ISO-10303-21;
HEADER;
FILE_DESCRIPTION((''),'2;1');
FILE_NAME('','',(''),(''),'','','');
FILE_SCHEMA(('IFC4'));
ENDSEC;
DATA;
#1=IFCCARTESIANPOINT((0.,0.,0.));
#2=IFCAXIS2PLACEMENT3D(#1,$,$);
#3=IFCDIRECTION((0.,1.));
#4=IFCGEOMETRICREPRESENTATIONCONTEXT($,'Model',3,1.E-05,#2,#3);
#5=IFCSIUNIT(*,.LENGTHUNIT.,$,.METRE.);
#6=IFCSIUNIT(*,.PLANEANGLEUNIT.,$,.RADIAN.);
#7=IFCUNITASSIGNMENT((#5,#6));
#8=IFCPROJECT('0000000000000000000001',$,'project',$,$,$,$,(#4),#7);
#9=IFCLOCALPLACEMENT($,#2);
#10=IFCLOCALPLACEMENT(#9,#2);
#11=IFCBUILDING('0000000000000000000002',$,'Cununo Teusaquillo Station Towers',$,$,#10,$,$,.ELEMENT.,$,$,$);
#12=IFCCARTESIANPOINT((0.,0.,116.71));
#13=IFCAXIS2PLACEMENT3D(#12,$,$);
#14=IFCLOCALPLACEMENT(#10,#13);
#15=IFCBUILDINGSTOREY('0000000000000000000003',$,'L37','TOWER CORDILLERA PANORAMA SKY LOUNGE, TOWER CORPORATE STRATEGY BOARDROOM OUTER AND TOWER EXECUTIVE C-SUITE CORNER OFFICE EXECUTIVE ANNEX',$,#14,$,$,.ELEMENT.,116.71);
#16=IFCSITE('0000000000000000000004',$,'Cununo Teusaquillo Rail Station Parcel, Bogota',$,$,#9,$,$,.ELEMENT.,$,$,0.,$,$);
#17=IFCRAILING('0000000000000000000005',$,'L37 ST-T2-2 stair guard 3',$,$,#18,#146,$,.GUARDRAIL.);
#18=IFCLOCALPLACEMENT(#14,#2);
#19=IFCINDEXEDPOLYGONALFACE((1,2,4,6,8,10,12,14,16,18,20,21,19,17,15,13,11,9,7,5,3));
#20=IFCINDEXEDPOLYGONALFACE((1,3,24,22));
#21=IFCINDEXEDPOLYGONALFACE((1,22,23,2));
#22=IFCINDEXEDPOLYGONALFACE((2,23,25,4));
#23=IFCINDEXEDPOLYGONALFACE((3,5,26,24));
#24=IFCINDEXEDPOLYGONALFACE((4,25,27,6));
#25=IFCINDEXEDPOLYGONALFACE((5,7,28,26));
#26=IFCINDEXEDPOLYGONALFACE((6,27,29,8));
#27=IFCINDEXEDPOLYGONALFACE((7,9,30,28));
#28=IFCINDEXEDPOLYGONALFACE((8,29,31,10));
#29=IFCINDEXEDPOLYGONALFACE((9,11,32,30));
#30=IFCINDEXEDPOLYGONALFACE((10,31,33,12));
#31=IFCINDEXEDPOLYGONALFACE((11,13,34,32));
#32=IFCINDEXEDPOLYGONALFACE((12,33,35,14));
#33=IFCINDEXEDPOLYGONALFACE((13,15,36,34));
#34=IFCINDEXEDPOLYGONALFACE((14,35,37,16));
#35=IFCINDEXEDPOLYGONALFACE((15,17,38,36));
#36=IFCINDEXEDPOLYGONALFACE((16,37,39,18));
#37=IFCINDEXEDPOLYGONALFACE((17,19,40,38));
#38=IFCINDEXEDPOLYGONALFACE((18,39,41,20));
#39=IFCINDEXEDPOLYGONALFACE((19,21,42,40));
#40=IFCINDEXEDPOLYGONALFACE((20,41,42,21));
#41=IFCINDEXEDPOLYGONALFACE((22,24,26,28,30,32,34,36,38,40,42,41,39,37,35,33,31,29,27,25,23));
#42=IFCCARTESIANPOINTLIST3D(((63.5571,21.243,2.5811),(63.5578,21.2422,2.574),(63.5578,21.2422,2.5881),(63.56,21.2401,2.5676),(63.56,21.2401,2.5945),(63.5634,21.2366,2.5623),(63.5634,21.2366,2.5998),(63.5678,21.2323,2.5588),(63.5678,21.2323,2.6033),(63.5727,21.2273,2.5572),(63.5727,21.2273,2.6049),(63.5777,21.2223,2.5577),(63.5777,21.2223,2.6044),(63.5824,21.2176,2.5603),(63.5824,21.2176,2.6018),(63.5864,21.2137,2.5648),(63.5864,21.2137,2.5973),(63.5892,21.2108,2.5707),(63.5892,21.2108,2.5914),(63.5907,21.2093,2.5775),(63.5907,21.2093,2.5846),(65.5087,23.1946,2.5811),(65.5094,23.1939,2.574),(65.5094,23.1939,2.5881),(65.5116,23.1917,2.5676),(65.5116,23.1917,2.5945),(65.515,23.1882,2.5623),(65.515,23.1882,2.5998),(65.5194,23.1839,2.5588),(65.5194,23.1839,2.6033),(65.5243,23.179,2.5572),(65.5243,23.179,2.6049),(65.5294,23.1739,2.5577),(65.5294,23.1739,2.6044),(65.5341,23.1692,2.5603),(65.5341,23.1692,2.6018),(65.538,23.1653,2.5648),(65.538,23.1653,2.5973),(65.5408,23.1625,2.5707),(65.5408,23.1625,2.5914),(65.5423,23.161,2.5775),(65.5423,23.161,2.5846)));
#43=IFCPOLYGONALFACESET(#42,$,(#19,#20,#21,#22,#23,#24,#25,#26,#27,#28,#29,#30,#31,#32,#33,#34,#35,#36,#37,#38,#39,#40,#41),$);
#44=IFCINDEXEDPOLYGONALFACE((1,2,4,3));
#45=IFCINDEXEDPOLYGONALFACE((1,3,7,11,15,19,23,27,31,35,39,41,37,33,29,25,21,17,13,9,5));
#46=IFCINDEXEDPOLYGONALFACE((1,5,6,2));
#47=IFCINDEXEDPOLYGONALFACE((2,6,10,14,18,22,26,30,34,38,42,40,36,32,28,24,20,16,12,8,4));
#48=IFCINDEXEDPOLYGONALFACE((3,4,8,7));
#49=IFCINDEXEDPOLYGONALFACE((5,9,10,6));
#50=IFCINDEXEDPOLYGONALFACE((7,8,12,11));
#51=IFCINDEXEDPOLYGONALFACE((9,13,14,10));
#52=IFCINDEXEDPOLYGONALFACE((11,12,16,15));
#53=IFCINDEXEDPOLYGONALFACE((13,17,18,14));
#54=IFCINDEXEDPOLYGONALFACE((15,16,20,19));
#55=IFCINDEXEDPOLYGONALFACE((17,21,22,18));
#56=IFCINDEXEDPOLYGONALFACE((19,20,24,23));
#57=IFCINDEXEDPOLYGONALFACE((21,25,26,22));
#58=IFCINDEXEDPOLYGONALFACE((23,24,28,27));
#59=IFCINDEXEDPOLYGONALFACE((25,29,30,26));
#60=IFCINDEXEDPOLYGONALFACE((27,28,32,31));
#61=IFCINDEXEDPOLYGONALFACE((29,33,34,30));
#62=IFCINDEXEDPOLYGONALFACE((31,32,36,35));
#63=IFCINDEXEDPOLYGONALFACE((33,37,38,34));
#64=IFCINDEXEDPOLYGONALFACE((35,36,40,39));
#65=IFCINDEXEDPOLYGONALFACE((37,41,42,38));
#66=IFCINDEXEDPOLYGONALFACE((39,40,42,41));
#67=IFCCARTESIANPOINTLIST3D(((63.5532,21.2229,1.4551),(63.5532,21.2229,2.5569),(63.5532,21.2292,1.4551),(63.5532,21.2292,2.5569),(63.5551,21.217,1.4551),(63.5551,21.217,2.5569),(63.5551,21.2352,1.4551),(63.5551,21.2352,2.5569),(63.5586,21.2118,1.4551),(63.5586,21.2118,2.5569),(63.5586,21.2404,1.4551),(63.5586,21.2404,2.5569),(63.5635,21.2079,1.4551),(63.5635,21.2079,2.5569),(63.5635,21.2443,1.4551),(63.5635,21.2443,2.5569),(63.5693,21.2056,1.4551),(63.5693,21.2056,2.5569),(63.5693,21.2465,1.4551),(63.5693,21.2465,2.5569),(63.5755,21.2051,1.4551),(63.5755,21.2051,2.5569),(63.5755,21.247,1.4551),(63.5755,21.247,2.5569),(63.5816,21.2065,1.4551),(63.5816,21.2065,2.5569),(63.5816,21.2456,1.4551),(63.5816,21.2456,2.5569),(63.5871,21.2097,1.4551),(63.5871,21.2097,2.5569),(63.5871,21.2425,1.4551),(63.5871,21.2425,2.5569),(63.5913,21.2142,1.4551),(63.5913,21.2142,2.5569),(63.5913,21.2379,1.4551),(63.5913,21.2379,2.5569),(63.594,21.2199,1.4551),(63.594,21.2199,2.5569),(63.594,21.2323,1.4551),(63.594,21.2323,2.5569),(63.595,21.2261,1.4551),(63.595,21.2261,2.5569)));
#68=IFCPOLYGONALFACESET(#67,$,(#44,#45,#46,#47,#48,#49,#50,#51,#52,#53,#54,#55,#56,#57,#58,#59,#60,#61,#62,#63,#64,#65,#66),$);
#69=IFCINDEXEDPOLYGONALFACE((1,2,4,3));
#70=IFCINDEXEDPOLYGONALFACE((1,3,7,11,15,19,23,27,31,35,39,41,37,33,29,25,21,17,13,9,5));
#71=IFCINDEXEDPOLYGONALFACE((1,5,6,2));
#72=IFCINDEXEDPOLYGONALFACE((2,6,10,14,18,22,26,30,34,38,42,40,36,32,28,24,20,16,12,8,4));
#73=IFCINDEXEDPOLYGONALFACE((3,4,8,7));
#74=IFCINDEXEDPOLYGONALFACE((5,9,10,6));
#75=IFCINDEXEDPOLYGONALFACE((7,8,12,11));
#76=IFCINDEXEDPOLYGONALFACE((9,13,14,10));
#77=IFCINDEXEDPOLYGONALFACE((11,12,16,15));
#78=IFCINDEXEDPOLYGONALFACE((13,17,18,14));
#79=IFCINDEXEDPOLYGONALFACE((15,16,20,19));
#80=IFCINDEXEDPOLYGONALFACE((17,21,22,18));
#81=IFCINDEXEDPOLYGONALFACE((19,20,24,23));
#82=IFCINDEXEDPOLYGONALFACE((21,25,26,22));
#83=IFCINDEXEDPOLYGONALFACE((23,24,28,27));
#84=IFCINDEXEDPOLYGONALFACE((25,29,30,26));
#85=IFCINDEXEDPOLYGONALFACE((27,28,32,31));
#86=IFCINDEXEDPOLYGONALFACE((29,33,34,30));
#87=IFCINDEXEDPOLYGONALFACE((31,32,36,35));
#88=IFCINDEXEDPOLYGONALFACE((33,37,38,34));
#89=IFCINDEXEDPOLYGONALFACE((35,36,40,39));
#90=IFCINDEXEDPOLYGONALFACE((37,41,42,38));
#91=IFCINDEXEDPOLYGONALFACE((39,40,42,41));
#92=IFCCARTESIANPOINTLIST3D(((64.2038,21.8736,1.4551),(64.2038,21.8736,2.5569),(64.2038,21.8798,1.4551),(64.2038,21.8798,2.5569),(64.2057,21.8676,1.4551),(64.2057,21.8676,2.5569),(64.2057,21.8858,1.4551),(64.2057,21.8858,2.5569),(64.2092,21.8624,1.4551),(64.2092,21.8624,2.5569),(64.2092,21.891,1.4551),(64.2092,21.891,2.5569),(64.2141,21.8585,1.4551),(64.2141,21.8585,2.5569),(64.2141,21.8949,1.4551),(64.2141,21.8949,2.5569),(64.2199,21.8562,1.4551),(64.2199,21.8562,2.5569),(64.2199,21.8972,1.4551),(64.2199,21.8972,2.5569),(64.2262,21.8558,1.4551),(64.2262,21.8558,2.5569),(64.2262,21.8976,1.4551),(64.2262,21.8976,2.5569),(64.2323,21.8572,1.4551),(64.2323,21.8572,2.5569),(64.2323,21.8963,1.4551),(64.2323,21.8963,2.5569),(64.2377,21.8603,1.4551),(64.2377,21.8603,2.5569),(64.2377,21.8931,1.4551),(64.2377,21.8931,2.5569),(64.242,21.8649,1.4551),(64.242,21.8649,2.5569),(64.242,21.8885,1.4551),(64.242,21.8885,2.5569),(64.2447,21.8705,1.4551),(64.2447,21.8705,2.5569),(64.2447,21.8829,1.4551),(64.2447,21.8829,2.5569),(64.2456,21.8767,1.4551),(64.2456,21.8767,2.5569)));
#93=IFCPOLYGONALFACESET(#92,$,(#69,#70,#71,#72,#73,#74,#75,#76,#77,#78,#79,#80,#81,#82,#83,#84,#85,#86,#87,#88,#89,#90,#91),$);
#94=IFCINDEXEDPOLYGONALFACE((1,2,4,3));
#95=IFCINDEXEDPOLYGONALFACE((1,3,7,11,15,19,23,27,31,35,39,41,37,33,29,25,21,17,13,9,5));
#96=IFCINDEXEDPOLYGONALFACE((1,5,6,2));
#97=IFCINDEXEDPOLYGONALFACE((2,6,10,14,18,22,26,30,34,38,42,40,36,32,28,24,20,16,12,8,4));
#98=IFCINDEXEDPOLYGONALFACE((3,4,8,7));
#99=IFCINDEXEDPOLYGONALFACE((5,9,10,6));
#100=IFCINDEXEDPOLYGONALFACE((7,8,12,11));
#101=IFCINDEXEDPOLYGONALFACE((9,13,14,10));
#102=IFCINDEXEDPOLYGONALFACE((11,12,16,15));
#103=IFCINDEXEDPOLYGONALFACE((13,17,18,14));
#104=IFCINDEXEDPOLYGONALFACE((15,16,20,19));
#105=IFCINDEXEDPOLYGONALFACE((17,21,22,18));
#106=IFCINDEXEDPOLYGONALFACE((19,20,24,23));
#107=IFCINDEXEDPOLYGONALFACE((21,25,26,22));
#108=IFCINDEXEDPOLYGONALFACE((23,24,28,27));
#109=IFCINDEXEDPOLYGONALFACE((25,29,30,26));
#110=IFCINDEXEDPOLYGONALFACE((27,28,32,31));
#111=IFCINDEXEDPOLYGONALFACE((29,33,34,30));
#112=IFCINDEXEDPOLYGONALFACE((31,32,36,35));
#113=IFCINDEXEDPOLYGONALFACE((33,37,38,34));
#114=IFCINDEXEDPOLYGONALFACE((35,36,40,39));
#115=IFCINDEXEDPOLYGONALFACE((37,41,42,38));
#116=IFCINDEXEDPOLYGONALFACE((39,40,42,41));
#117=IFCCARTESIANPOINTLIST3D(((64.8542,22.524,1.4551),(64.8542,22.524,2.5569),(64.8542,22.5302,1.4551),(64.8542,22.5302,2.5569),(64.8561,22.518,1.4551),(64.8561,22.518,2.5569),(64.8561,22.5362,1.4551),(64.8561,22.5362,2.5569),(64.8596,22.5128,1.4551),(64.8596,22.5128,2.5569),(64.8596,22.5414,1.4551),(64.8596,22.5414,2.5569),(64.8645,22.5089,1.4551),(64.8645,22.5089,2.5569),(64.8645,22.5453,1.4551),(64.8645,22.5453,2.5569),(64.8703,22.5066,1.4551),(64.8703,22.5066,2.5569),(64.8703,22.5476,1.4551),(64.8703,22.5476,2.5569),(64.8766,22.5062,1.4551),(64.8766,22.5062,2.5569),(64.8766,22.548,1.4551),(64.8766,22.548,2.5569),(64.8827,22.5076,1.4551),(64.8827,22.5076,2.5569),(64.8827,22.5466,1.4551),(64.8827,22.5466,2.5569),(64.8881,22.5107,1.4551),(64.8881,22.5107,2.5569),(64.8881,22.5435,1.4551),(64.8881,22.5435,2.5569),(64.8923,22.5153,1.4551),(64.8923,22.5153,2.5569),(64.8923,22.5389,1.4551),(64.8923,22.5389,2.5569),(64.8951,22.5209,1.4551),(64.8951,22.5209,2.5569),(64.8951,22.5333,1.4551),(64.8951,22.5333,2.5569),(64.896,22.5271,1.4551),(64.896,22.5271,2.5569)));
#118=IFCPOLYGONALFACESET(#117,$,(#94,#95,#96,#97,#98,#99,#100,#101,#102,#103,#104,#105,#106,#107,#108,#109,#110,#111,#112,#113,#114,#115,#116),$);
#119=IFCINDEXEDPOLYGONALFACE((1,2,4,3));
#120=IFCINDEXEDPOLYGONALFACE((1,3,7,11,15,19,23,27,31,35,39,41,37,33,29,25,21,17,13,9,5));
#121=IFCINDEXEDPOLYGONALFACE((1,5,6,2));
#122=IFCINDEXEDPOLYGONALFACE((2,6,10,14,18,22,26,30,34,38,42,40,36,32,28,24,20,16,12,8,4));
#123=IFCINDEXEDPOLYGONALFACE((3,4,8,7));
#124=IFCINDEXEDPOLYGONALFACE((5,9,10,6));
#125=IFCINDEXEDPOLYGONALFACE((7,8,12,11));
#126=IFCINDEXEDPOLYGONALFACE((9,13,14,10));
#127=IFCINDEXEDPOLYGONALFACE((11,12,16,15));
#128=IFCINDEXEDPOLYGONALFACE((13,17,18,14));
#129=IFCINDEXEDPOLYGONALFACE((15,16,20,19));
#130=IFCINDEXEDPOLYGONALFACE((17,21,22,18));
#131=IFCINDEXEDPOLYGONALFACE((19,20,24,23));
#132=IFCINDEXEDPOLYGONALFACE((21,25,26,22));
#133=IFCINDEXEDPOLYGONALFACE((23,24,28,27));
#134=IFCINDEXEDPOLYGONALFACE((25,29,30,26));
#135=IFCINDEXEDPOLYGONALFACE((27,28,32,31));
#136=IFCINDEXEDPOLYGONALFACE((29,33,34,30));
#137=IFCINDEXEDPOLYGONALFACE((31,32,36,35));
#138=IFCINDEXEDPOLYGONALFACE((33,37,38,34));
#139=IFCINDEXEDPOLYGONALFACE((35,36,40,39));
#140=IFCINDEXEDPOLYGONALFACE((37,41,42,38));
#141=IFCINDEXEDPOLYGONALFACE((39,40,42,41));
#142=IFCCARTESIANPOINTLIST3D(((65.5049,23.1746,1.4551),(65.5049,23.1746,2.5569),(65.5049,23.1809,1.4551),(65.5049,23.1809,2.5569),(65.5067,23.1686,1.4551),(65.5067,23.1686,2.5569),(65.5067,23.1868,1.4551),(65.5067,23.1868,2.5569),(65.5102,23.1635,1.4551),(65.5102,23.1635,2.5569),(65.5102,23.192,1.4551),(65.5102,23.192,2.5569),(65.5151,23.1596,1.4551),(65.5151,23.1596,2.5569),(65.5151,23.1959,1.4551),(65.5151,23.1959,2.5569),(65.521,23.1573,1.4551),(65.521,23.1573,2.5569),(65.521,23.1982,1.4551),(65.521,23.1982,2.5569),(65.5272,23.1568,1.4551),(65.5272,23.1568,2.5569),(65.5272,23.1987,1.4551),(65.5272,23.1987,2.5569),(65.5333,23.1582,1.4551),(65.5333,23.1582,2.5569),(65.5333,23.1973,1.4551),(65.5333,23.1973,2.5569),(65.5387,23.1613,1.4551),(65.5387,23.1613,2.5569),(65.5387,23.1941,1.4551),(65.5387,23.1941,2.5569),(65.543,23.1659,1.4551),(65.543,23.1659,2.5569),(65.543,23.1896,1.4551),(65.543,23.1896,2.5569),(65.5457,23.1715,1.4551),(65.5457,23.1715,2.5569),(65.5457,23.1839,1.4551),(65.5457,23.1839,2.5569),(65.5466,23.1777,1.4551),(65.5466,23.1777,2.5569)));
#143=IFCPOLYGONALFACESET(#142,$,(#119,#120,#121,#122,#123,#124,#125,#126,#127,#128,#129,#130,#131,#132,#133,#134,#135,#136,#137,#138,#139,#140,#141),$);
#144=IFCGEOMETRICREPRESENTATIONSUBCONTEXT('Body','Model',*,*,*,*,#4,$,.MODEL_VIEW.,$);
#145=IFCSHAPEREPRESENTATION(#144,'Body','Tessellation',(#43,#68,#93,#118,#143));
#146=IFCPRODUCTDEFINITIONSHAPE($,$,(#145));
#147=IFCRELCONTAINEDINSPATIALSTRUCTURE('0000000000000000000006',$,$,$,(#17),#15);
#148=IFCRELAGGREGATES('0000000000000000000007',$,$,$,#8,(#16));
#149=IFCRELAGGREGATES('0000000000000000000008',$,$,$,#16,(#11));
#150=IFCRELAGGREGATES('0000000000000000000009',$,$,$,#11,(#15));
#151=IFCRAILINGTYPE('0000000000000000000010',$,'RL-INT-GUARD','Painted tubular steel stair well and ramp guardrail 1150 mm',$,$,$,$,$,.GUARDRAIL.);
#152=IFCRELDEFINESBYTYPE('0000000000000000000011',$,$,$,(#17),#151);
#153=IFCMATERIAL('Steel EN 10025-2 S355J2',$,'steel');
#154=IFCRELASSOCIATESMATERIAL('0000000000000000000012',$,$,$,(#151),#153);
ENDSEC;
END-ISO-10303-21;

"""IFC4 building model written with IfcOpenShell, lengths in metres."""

from ifc_helpers import new_model, si_unit, direction, frame, origin, origin_2d, place, context, subcontext, project, spatial, circle, extrude, material, type_object, element, save


model = new_model("IFC4")

# Units and contexts
model_context = context("Model", 3, precision=1e-05, world=origin(), true_north=direction((0.0, 1.0)))
body_context = subcontext(model_context, "Body", "Model", "MODEL_VIEW")
ifc_project = project(units=[si_unit("LENGTHUNIT", "METRE"), si_unit("PLANEANGLEUNIT", "RADIAN")], contexts=[model_context])

# Site, building, storey
site_placement = place(None, origin())
site = spatial("IfcSite", under=ifc_project, at=site_placement, Name="Cununo Teusaquillo Rail Station Parcel, Bogota", CompositionType="ELEMENT", RefElevation=0.0)
building_placement = place(site_placement, origin())
building = spatial("IfcBuilding", under=site, at=building_placement, Name="Cununo Teusaquillo Station Towers", CompositionType="ELEMENT")
storey_placement = place(building_placement, frame((0.0, 0.0, 116.71)))
storey = spatial("IfcBuildingStorey", under=building, at=storey_placement, Name="L37", Description="TOWER CORDILLERA PANORAMA SKY LOUNGE, TOWER CORPORATE STRATEGY BOARDROOM OUTER AND TOWER EXECUTIVE C-SUITE CORNER OFFICE EXECUTIVE ANNEX", CompositionType="ELEMENT", Elevation=116.71)

# Railing
ifc_material_1 = material(Name="Steel EN 10025-2 S355J2", Category="steel")
railing_type = type_object("IfcRailingType", Name="RL-INT-GUARD", Description="Painted tubular steel stair well and ramp guardrail 1150 mm", PredefinedType="GUARDRAIL", material=ifc_material_1)
railing_1_placement = place(storey_placement, frame((63.574, 21.2261, 1.4551)))
element("IfcRailing", 1, at=railing_1_placement, inside=storey, type_object=railing_type, Name="L37 ST-T2-2 stair guard 3", PredefinedType="GUARDRAIL", context=body_context, shape_type="SweptSolid", body=[
    extrude(circle(Radius=0.0239, at=origin_2d()), frame((0.0, 0.0, 1.126), z_axis=(0.707107, 0.707107, 0.0), x_axis=(-0.707107, 0.707107, 0.0)), (0.0, 0.0, 1.0), 2.76),
    extrude(circle(Radius=0.021, at=origin_2d()), origin(), (0.0, 0.0, 1.0), 1.1018),
    extrude(circle(Radius=0.021, at=origin_2d()), frame((0.6506, 0.6506, 0.0)), (0.0, 0.0, 1.0), 1.1018),
    extrude(circle(Radius=0.021, at=origin_2d()), frame((1.301, 1.301, 0.0)), (0.0, 0.0, 1.0), 1.1018),
    extrude(circle(Radius=0.021, at=origin_2d()), frame((1.9517, 1.9517, 0.0)), (0.0, 0.0, 1.0), 1.1018),
])

save(model, "model.ifc")
